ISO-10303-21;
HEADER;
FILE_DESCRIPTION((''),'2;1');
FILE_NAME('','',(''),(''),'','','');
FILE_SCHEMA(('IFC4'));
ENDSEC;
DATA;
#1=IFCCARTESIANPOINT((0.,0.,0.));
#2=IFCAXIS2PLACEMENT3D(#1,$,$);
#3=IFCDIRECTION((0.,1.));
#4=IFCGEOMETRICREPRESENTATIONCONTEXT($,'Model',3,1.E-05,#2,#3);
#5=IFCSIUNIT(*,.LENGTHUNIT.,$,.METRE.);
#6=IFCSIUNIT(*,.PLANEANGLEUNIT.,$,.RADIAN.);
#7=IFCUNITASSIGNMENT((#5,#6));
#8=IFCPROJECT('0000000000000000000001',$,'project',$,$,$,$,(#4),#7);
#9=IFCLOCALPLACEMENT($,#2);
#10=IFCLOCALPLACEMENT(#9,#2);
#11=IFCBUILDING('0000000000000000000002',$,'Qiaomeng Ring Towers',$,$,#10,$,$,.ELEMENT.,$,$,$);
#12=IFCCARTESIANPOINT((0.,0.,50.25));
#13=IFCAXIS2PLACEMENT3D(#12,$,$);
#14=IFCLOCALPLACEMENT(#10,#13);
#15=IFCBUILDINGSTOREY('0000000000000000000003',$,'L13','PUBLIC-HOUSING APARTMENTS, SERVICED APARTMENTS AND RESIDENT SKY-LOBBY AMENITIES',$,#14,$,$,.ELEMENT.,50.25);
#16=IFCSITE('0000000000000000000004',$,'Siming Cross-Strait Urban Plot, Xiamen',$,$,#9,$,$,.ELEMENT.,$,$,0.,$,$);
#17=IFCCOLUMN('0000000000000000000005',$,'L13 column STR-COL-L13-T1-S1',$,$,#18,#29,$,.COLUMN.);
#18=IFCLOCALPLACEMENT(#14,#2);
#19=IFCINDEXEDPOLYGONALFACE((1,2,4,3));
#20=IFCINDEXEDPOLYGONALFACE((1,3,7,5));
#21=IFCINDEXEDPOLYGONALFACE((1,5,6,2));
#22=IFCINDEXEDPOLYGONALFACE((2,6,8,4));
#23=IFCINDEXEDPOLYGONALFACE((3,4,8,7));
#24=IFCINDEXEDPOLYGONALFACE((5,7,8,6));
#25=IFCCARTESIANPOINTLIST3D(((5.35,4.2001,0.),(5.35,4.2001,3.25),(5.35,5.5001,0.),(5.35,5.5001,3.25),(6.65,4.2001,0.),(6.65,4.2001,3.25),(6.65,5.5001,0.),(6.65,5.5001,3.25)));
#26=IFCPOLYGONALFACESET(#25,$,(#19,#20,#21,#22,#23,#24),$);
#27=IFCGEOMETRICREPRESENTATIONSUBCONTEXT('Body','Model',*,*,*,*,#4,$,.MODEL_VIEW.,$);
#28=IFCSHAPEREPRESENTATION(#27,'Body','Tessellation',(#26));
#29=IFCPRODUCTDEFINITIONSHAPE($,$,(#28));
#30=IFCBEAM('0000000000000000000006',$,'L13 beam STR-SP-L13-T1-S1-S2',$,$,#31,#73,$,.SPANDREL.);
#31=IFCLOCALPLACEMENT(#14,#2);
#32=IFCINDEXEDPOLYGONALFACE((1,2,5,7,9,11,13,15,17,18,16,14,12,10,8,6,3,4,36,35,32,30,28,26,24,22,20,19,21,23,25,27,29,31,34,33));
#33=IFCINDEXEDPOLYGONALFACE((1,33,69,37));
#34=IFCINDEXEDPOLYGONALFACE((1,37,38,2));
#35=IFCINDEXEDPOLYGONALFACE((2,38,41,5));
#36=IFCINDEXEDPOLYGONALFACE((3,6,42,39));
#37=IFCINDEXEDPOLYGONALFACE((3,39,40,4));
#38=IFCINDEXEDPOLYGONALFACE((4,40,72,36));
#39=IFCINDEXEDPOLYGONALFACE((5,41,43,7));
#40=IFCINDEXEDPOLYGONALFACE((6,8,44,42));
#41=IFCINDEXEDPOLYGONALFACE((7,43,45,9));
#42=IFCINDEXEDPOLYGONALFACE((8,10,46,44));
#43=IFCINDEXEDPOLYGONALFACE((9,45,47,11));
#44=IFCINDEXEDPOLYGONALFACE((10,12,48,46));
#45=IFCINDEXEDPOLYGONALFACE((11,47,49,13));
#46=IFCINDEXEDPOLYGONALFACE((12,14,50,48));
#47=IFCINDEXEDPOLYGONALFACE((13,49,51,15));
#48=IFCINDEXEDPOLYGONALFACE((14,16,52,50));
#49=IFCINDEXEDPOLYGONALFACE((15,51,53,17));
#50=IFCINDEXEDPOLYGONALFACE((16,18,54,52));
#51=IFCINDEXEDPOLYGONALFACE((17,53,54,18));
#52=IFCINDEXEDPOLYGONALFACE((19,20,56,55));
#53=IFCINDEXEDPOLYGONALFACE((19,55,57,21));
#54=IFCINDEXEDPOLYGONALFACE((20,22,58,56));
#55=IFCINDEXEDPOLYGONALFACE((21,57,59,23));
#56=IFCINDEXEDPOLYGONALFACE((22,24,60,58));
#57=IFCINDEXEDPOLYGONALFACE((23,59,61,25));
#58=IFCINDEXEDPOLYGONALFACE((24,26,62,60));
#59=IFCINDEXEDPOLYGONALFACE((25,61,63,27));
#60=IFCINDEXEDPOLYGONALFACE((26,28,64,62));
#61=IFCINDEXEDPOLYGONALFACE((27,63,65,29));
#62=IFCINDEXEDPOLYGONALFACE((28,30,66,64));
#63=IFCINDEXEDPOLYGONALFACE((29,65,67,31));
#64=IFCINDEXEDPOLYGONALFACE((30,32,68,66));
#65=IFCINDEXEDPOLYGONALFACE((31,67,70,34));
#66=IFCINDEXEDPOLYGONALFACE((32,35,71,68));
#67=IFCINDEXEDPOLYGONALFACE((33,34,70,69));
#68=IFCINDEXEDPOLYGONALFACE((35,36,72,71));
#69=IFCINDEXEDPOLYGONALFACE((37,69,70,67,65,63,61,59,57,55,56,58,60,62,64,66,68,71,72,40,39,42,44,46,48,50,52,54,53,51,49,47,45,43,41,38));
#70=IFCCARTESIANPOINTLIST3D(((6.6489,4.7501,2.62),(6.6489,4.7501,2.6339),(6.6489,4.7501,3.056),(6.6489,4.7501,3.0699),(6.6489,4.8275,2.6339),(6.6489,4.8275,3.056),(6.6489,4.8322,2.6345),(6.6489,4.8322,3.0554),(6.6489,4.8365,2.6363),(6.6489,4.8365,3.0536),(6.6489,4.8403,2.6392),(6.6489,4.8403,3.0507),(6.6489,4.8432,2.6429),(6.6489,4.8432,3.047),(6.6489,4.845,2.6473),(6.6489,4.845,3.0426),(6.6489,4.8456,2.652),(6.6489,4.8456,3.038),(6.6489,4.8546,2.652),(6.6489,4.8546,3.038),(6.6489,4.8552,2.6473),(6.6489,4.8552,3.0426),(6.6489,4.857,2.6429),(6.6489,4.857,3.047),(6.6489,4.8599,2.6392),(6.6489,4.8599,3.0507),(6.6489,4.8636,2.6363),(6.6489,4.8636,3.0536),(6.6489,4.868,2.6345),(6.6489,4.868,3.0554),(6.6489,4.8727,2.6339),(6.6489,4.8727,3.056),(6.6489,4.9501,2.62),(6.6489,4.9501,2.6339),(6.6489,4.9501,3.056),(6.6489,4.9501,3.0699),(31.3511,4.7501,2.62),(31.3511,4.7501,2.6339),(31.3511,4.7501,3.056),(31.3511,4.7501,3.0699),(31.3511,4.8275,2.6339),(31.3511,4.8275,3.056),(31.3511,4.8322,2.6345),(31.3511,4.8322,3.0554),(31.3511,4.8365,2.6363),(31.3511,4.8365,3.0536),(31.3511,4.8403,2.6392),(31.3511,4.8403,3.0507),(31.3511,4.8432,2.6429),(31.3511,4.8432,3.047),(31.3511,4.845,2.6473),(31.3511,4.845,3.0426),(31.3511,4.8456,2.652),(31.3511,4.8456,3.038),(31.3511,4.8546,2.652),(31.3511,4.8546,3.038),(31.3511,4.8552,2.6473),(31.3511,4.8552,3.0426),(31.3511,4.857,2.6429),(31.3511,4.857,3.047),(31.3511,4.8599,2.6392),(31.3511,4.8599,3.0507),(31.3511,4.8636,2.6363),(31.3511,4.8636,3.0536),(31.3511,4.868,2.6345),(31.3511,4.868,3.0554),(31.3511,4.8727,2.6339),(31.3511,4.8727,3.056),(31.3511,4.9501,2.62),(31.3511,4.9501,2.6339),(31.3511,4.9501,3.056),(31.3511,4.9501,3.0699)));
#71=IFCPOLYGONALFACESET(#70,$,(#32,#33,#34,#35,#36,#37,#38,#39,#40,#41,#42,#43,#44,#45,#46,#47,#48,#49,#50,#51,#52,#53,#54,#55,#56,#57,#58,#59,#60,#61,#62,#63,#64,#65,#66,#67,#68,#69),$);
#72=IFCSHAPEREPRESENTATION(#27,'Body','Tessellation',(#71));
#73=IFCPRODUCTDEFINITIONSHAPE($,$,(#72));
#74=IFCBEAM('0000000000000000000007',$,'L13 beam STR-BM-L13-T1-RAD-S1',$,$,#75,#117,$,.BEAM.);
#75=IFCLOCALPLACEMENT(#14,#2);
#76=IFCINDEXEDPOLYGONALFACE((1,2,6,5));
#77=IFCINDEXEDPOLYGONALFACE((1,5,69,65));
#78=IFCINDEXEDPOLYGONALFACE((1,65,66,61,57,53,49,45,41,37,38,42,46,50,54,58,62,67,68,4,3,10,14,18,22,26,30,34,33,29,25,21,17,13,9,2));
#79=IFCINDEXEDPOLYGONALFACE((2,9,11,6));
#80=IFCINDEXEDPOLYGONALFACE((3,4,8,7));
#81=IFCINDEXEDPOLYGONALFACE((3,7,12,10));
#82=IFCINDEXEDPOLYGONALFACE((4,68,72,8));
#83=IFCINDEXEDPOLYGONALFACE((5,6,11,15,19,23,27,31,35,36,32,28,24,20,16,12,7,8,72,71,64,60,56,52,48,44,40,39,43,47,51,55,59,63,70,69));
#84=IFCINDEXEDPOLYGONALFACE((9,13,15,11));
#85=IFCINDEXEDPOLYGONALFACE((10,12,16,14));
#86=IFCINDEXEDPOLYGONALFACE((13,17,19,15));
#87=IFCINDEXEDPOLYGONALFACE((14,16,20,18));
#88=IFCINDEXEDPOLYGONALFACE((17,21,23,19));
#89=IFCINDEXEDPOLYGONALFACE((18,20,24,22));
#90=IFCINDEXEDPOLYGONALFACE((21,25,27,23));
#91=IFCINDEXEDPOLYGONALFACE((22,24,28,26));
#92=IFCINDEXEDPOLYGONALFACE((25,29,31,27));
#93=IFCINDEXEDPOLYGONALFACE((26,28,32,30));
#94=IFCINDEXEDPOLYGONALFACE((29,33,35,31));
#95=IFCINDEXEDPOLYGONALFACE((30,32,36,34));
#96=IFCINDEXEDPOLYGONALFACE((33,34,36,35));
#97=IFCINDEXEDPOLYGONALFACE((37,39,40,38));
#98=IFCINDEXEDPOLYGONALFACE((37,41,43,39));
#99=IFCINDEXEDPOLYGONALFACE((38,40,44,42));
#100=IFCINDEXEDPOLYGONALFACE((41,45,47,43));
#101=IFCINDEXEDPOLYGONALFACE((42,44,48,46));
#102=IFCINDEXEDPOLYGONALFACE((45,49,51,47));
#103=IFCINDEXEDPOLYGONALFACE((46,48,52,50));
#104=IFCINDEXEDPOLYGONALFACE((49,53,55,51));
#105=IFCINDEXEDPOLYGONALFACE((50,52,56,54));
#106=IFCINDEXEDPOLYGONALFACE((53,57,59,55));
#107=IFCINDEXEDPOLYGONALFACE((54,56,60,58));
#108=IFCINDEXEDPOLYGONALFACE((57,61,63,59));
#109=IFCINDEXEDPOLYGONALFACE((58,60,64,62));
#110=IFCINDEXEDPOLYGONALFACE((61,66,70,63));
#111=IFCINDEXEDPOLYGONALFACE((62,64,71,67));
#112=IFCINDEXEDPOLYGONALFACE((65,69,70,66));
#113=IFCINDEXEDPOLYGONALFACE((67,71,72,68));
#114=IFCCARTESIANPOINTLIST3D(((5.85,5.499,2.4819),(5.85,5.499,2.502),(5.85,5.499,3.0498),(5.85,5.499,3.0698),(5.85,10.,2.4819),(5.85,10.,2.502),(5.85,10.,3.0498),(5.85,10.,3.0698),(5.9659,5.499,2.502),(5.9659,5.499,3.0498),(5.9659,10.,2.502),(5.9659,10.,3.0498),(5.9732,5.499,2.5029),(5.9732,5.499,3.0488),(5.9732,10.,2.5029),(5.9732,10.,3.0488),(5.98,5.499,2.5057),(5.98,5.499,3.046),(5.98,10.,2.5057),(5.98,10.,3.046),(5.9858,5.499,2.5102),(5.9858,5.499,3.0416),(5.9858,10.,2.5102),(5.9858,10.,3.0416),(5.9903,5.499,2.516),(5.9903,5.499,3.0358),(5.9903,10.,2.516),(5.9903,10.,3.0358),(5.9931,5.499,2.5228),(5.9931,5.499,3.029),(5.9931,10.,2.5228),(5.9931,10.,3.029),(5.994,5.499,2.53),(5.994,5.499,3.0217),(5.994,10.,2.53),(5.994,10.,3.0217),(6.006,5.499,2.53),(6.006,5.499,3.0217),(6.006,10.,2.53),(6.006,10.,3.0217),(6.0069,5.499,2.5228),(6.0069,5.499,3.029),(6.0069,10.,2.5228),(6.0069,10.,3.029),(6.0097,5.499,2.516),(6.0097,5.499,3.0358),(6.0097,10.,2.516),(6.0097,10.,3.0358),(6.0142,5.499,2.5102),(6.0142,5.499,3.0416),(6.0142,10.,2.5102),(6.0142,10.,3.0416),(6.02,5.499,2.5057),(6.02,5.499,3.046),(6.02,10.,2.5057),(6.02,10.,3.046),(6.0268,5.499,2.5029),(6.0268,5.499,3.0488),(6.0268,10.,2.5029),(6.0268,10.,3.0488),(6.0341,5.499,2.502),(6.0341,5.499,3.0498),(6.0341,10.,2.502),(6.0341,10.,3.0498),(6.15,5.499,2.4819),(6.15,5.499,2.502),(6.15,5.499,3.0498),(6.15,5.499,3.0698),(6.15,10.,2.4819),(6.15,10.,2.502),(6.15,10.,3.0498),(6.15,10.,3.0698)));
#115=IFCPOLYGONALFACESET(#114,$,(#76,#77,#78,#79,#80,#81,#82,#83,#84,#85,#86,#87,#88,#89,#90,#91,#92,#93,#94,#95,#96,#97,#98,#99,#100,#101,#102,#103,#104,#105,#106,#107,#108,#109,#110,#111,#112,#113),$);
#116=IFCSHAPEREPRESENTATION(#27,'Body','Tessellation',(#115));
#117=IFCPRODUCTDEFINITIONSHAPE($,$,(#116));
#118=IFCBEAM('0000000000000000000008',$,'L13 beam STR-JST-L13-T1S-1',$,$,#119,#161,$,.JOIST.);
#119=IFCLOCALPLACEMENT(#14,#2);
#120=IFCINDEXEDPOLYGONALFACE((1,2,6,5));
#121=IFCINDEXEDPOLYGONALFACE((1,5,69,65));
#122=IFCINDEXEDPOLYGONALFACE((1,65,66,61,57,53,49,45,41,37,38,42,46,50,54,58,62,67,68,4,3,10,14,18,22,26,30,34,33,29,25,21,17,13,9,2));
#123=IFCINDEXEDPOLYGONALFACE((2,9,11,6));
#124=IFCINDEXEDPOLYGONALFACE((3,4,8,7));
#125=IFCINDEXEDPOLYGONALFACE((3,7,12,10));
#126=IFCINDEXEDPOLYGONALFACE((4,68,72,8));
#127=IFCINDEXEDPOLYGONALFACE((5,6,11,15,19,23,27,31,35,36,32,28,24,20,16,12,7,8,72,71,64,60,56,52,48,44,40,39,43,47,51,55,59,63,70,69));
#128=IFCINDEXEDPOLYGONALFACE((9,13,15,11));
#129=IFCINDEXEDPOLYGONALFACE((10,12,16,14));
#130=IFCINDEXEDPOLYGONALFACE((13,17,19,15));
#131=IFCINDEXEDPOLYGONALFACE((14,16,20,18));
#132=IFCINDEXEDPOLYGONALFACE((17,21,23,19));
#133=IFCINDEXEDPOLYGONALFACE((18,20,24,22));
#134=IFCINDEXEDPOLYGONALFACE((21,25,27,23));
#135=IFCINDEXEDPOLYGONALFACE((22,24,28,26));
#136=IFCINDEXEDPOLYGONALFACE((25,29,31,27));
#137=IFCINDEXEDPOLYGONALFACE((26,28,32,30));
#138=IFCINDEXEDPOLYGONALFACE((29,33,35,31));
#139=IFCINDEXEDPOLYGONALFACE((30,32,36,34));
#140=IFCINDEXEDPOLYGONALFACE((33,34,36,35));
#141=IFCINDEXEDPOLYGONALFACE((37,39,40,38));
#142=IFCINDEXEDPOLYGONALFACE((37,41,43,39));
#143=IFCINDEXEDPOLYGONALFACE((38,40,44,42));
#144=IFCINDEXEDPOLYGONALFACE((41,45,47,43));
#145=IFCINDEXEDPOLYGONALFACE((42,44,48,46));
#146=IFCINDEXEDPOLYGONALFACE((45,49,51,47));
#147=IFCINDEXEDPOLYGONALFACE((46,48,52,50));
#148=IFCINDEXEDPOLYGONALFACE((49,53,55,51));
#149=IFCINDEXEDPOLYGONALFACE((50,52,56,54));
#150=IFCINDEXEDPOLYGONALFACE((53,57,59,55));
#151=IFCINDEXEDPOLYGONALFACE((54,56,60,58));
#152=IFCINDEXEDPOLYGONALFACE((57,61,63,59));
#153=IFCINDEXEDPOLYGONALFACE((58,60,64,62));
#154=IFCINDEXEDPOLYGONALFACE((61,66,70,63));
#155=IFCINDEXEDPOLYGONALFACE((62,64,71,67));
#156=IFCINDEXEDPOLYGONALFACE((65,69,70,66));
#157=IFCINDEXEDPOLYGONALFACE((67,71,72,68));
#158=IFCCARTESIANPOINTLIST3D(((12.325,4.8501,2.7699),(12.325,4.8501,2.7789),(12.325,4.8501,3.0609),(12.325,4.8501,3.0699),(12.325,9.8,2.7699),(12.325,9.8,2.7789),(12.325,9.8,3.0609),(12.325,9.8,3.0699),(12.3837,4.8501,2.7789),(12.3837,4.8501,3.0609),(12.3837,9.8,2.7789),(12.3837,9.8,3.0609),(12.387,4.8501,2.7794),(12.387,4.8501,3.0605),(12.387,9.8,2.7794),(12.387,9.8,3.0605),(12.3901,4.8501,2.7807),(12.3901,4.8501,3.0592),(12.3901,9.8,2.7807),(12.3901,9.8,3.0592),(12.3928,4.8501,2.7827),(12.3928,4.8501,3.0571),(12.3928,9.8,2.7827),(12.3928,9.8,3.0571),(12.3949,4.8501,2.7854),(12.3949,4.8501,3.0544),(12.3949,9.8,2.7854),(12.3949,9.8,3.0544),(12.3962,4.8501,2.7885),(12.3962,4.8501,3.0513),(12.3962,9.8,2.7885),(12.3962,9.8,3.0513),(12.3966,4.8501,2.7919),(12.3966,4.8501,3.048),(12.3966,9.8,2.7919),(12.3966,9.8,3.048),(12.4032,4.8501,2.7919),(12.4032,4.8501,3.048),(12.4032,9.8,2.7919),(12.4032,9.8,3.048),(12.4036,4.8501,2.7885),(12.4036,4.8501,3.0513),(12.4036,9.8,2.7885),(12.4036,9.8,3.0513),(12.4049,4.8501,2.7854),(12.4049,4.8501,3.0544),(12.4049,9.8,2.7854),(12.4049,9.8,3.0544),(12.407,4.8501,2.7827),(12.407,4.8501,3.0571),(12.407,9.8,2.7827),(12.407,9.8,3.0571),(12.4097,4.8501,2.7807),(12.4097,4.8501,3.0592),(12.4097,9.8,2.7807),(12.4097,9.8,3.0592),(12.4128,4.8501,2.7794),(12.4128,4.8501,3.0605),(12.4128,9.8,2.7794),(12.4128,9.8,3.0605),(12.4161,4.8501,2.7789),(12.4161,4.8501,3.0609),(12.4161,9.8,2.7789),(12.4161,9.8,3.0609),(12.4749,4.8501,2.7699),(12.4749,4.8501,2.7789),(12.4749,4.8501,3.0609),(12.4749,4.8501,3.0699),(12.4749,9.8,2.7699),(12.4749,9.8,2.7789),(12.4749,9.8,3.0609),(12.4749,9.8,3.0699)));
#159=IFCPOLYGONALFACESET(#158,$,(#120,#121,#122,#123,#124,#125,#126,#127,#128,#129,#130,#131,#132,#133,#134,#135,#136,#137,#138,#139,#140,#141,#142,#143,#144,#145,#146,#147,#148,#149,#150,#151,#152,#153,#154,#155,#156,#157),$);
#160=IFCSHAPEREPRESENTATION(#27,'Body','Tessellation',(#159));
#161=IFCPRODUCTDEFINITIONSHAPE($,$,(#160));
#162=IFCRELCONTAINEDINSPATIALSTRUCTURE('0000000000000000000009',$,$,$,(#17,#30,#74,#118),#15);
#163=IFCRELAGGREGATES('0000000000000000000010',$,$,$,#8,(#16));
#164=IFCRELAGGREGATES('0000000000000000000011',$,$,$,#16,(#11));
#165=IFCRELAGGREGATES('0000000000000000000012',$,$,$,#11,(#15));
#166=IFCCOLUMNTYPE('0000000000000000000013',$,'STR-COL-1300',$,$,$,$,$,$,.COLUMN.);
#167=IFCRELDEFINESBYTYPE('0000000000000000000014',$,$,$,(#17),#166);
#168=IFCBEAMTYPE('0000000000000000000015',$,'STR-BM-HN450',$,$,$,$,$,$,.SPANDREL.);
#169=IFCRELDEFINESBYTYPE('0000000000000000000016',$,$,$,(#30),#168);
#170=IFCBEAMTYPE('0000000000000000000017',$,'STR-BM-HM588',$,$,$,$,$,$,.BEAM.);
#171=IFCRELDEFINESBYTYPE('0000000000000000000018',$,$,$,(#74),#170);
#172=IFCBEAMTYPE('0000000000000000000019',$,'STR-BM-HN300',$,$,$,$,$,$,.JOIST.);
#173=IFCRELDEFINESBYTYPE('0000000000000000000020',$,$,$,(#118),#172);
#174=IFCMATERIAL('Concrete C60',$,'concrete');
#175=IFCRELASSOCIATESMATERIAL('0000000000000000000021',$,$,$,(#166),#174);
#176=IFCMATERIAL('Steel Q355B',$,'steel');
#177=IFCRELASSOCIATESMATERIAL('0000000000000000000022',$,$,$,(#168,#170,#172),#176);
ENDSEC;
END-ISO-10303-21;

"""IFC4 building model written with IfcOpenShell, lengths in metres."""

from ifc_helpers import new_model, si_unit, direction, frame, origin, origin_2d, place, context, subcontext, project, spatial, rectangle, i_section, extrude, source, transform, mapped, material, material_profile, profile_set, type_object, element, save


model = new_model("IFC4")

# Units and contexts
model_context = context("Model", 3, precision=1e-05, world=origin(), true_north=direction((0.0, 1.0)))
body_context = subcontext(model_context, "Body", "Model", "MODEL_VIEW")
ifc_project = project(units=[si_unit("LENGTHUNIT", "METRE"), si_unit("PLANEANGLEUNIT", "RADIAN")], contexts=[model_context])

# Site, building, storey
site_placement = place(None, origin())
site = spatial("IfcSite", under=ifc_project, at=site_placement, Name="Siming Cross-Strait Urban Plot, Xiamen", CompositionType="ELEMENT", RefElevation=0.0)
building_placement = place(site_placement, origin())
building = spatial("IfcBuilding", under=site, at=building_placement, Name="Qiaomeng Ring Towers", CompositionType="ELEMENT")
storey_placement = place(building_placement, frame((0.0, 0.0, 50.25)))
storey = spatial("IfcBuildingStorey", under=building, at=storey_placement, Name="L13", Description="PUBLIC-HOUSING APARTMENTS, SERVICED APARTMENTS AND RESIDENT SKY-LOBBY AMENITIES", CompositionType="ELEMENT", Elevation=50.25)

# Column
ifc_material_1 = material(Name="Concrete C60", Category="concrete")
ifc_material_profile_1 = material_profile(ifc_material_1, rectangle(XDim=1.3, YDim=1.3, at=origin_2d()), Name="RC COL 1300x1300")
ifc_profile_set_1 = profile_set([ifc_material_profile_1], Name="Concrete C60")
column_type = type_object("IfcColumnType", Name="STR-COL-1300", PredefinedType="COLUMN", material=ifc_profile_set_1)
shared_shape_1 = source(origin(), body_context, "Body", "SweptSolid", [
    extrude(rectangle(XDim=1.3, YDim=1.3, at=origin_2d()), origin(), (0.0, 0.0, 1.0), 3.25),
])
column_placement = place(storey_placement, frame((6.0, 4.8501, 0.0), z_axis=(0.0, 0.0, 1.0), x_axis=(1.0, 0.0, 0.0)))
element("IfcColumn", 1, at=column_placement, inside=storey, type_object=column_type, Name="L13 column STR-COL-L13-T1-S1", PredefinedType="COLUMN", context=body_context, shape_type="MappedRepresentation", body=[
    mapped(shared_shape_1, transform((0.0, 0.0, 0.0), x_axis=(1.0, 0.0, 0.0), y_axis=(0.0, 1.0, 0.0), z_axis=(0.0, 0.0, 1.0), scale=1.0)),
])

# Beams
ifc_material_2 = material(Name="Steel Q355B", Category="steel")
ifc_material_profile_2 = material_profile(ifc_material_2, i_section(OverallWidth=0.2, OverallDepth=0.45, WebThickness=0.009, FlangeThickness=0.0139, FilletRadius=0.0181, at=origin_2d()), Name="HN 450x200x9x14")
ifc_profile_set_2 = profile_set([ifc_material_profile_2], Name="Steel Q355B")
beam_type_1 = type_object("IfcBeamType", Name="STR-BM-HN450", PredefinedType="SPANDREL", material=ifc_profile_set_2)
shared_shape_2 = source(origin(), body_context, "Body", "SweptSolid", [
    extrude(i_section(OverallWidth=0.2, OverallDepth=0.45, WebThickness=0.009, FlangeThickness=0.0139, FilletRadius=0.0181, at=origin_2d()), origin(), (0.0, 0.0, 1.0), 24.7021),
])
beam_1_placement = place(storey_placement, frame((6.6489, 4.8501, 2.845), z_axis=(1.0, 0.0, 0.0), x_axis=(0.0, 1.0, 0.0)))
element("IfcBeam", 2, at=beam_1_placement, inside=storey, type_object=beam_type_1, Name="L13 beam STR-SP-L13-T1-S1-S2", PredefinedType="SPANDREL", context=body_context, shape_type="MappedRepresentation", body=[
    mapped(shared_shape_2, transform((0.0, 0.0, 0.0), x_axis=(1.0, 0.0, 0.0), y_axis=(0.0, 1.0, 0.0), z_axis=(0.0, 0.0, 1.0), scale=1.0)),
])
ifc_material_profile_3 = material_profile(ifc_material_2, i_section(OverallWidth=0.3, OverallDepth=0.5879, WebThickness=0.012, FlangeThickness=0.02, FilletRadius=0.0281, at=origin_2d()), Name="HM 588x300x12x20")
ifc_profile_set_3 = profile_set([ifc_material_profile_3], Name="Steel Q355B")
beam_type_2 = type_object("IfcBeamType", Name="STR-BM-HM588", PredefinedType="BEAM", material=ifc_profile_set_3)
shared_shape_3 = source(origin(), body_context, "Body", "SweptSolid", [
    extrude(i_section(OverallWidth=0.3, OverallDepth=0.5879, WebThickness=0.012, FlangeThickness=0.02, FilletRadius=0.0281, at=origin_2d()), origin(), (0.0, 0.0, 1.0), 4.501),
])
beam_2_placement = place(storey_placement, frame((6.0, 5.499, 2.7759), z_axis=(0.0, 1.0, 0.0), x_axis=(-1.0, 0.0, 0.0)))
element("IfcBeam", 3, at=beam_2_placement, inside=storey, type_object=beam_type_2, Name="L13 beam STR-BM-L13-T1-RAD-S1", PredefinedType="BEAM", context=body_context, shape_type="MappedRepresentation", body=[
    mapped(shared_shape_3, transform((0.0, 0.0, 0.0), x_axis=(1.0, 0.0, 0.0), y_axis=(0.0, 1.0, 0.0), z_axis=(0.0, 0.0, 1.0), scale=1.0)),
])
ifc_material_profile_4 = material_profile(ifc_material_2, i_section(OverallWidth=0.1499, OverallDepth=0.3, WebThickness=0.0066, FlangeThickness=0.009, FilletRadius=0.0129, at=origin_2d()), Name="HN 300x150x6.5x9")
ifc_profile_set_4 = profile_set([ifc_material_profile_4], Name="Steel Q355B")
beam_type_3 = type_object("IfcBeamType", Name="STR-BM-HN300", PredefinedType="JOIST", material=ifc_profile_set_4)
shared_shape_4 = source(origin(), body_context, "Body", "SweptSolid", [
    extrude(i_section(OverallWidth=0.1499, OverallDepth=0.3, WebThickness=0.0066, FlangeThickness=0.009, FilletRadius=0.0129, at=origin_2d()), origin(), (0.0, 0.0, 1.0), 4.95),
])
beam_3_placement = place(storey_placement, frame((12.3999, 4.8501, 2.9199), z_axis=(0.0, 1.0, 0.0), x_axis=(-1.0, 0.0, 0.0)))
element("IfcBeam", 4, at=beam_3_placement, inside=storey, type_object=beam_type_3, Name="L13 beam STR-JST-L13-T1S-1", PredefinedType="JOIST", context=body_context, shape_type="MappedRepresentation", body=[
    mapped(shared_shape_4, transform((0.0, 0.0, 0.0), x_axis=(1.0, 0.0, 0.0), y_axis=(0.0, 1.0, 0.0), z_axis=(0.0, 0.0, 1.0), scale=1.0)),
])

save(model, "model.ifc")
